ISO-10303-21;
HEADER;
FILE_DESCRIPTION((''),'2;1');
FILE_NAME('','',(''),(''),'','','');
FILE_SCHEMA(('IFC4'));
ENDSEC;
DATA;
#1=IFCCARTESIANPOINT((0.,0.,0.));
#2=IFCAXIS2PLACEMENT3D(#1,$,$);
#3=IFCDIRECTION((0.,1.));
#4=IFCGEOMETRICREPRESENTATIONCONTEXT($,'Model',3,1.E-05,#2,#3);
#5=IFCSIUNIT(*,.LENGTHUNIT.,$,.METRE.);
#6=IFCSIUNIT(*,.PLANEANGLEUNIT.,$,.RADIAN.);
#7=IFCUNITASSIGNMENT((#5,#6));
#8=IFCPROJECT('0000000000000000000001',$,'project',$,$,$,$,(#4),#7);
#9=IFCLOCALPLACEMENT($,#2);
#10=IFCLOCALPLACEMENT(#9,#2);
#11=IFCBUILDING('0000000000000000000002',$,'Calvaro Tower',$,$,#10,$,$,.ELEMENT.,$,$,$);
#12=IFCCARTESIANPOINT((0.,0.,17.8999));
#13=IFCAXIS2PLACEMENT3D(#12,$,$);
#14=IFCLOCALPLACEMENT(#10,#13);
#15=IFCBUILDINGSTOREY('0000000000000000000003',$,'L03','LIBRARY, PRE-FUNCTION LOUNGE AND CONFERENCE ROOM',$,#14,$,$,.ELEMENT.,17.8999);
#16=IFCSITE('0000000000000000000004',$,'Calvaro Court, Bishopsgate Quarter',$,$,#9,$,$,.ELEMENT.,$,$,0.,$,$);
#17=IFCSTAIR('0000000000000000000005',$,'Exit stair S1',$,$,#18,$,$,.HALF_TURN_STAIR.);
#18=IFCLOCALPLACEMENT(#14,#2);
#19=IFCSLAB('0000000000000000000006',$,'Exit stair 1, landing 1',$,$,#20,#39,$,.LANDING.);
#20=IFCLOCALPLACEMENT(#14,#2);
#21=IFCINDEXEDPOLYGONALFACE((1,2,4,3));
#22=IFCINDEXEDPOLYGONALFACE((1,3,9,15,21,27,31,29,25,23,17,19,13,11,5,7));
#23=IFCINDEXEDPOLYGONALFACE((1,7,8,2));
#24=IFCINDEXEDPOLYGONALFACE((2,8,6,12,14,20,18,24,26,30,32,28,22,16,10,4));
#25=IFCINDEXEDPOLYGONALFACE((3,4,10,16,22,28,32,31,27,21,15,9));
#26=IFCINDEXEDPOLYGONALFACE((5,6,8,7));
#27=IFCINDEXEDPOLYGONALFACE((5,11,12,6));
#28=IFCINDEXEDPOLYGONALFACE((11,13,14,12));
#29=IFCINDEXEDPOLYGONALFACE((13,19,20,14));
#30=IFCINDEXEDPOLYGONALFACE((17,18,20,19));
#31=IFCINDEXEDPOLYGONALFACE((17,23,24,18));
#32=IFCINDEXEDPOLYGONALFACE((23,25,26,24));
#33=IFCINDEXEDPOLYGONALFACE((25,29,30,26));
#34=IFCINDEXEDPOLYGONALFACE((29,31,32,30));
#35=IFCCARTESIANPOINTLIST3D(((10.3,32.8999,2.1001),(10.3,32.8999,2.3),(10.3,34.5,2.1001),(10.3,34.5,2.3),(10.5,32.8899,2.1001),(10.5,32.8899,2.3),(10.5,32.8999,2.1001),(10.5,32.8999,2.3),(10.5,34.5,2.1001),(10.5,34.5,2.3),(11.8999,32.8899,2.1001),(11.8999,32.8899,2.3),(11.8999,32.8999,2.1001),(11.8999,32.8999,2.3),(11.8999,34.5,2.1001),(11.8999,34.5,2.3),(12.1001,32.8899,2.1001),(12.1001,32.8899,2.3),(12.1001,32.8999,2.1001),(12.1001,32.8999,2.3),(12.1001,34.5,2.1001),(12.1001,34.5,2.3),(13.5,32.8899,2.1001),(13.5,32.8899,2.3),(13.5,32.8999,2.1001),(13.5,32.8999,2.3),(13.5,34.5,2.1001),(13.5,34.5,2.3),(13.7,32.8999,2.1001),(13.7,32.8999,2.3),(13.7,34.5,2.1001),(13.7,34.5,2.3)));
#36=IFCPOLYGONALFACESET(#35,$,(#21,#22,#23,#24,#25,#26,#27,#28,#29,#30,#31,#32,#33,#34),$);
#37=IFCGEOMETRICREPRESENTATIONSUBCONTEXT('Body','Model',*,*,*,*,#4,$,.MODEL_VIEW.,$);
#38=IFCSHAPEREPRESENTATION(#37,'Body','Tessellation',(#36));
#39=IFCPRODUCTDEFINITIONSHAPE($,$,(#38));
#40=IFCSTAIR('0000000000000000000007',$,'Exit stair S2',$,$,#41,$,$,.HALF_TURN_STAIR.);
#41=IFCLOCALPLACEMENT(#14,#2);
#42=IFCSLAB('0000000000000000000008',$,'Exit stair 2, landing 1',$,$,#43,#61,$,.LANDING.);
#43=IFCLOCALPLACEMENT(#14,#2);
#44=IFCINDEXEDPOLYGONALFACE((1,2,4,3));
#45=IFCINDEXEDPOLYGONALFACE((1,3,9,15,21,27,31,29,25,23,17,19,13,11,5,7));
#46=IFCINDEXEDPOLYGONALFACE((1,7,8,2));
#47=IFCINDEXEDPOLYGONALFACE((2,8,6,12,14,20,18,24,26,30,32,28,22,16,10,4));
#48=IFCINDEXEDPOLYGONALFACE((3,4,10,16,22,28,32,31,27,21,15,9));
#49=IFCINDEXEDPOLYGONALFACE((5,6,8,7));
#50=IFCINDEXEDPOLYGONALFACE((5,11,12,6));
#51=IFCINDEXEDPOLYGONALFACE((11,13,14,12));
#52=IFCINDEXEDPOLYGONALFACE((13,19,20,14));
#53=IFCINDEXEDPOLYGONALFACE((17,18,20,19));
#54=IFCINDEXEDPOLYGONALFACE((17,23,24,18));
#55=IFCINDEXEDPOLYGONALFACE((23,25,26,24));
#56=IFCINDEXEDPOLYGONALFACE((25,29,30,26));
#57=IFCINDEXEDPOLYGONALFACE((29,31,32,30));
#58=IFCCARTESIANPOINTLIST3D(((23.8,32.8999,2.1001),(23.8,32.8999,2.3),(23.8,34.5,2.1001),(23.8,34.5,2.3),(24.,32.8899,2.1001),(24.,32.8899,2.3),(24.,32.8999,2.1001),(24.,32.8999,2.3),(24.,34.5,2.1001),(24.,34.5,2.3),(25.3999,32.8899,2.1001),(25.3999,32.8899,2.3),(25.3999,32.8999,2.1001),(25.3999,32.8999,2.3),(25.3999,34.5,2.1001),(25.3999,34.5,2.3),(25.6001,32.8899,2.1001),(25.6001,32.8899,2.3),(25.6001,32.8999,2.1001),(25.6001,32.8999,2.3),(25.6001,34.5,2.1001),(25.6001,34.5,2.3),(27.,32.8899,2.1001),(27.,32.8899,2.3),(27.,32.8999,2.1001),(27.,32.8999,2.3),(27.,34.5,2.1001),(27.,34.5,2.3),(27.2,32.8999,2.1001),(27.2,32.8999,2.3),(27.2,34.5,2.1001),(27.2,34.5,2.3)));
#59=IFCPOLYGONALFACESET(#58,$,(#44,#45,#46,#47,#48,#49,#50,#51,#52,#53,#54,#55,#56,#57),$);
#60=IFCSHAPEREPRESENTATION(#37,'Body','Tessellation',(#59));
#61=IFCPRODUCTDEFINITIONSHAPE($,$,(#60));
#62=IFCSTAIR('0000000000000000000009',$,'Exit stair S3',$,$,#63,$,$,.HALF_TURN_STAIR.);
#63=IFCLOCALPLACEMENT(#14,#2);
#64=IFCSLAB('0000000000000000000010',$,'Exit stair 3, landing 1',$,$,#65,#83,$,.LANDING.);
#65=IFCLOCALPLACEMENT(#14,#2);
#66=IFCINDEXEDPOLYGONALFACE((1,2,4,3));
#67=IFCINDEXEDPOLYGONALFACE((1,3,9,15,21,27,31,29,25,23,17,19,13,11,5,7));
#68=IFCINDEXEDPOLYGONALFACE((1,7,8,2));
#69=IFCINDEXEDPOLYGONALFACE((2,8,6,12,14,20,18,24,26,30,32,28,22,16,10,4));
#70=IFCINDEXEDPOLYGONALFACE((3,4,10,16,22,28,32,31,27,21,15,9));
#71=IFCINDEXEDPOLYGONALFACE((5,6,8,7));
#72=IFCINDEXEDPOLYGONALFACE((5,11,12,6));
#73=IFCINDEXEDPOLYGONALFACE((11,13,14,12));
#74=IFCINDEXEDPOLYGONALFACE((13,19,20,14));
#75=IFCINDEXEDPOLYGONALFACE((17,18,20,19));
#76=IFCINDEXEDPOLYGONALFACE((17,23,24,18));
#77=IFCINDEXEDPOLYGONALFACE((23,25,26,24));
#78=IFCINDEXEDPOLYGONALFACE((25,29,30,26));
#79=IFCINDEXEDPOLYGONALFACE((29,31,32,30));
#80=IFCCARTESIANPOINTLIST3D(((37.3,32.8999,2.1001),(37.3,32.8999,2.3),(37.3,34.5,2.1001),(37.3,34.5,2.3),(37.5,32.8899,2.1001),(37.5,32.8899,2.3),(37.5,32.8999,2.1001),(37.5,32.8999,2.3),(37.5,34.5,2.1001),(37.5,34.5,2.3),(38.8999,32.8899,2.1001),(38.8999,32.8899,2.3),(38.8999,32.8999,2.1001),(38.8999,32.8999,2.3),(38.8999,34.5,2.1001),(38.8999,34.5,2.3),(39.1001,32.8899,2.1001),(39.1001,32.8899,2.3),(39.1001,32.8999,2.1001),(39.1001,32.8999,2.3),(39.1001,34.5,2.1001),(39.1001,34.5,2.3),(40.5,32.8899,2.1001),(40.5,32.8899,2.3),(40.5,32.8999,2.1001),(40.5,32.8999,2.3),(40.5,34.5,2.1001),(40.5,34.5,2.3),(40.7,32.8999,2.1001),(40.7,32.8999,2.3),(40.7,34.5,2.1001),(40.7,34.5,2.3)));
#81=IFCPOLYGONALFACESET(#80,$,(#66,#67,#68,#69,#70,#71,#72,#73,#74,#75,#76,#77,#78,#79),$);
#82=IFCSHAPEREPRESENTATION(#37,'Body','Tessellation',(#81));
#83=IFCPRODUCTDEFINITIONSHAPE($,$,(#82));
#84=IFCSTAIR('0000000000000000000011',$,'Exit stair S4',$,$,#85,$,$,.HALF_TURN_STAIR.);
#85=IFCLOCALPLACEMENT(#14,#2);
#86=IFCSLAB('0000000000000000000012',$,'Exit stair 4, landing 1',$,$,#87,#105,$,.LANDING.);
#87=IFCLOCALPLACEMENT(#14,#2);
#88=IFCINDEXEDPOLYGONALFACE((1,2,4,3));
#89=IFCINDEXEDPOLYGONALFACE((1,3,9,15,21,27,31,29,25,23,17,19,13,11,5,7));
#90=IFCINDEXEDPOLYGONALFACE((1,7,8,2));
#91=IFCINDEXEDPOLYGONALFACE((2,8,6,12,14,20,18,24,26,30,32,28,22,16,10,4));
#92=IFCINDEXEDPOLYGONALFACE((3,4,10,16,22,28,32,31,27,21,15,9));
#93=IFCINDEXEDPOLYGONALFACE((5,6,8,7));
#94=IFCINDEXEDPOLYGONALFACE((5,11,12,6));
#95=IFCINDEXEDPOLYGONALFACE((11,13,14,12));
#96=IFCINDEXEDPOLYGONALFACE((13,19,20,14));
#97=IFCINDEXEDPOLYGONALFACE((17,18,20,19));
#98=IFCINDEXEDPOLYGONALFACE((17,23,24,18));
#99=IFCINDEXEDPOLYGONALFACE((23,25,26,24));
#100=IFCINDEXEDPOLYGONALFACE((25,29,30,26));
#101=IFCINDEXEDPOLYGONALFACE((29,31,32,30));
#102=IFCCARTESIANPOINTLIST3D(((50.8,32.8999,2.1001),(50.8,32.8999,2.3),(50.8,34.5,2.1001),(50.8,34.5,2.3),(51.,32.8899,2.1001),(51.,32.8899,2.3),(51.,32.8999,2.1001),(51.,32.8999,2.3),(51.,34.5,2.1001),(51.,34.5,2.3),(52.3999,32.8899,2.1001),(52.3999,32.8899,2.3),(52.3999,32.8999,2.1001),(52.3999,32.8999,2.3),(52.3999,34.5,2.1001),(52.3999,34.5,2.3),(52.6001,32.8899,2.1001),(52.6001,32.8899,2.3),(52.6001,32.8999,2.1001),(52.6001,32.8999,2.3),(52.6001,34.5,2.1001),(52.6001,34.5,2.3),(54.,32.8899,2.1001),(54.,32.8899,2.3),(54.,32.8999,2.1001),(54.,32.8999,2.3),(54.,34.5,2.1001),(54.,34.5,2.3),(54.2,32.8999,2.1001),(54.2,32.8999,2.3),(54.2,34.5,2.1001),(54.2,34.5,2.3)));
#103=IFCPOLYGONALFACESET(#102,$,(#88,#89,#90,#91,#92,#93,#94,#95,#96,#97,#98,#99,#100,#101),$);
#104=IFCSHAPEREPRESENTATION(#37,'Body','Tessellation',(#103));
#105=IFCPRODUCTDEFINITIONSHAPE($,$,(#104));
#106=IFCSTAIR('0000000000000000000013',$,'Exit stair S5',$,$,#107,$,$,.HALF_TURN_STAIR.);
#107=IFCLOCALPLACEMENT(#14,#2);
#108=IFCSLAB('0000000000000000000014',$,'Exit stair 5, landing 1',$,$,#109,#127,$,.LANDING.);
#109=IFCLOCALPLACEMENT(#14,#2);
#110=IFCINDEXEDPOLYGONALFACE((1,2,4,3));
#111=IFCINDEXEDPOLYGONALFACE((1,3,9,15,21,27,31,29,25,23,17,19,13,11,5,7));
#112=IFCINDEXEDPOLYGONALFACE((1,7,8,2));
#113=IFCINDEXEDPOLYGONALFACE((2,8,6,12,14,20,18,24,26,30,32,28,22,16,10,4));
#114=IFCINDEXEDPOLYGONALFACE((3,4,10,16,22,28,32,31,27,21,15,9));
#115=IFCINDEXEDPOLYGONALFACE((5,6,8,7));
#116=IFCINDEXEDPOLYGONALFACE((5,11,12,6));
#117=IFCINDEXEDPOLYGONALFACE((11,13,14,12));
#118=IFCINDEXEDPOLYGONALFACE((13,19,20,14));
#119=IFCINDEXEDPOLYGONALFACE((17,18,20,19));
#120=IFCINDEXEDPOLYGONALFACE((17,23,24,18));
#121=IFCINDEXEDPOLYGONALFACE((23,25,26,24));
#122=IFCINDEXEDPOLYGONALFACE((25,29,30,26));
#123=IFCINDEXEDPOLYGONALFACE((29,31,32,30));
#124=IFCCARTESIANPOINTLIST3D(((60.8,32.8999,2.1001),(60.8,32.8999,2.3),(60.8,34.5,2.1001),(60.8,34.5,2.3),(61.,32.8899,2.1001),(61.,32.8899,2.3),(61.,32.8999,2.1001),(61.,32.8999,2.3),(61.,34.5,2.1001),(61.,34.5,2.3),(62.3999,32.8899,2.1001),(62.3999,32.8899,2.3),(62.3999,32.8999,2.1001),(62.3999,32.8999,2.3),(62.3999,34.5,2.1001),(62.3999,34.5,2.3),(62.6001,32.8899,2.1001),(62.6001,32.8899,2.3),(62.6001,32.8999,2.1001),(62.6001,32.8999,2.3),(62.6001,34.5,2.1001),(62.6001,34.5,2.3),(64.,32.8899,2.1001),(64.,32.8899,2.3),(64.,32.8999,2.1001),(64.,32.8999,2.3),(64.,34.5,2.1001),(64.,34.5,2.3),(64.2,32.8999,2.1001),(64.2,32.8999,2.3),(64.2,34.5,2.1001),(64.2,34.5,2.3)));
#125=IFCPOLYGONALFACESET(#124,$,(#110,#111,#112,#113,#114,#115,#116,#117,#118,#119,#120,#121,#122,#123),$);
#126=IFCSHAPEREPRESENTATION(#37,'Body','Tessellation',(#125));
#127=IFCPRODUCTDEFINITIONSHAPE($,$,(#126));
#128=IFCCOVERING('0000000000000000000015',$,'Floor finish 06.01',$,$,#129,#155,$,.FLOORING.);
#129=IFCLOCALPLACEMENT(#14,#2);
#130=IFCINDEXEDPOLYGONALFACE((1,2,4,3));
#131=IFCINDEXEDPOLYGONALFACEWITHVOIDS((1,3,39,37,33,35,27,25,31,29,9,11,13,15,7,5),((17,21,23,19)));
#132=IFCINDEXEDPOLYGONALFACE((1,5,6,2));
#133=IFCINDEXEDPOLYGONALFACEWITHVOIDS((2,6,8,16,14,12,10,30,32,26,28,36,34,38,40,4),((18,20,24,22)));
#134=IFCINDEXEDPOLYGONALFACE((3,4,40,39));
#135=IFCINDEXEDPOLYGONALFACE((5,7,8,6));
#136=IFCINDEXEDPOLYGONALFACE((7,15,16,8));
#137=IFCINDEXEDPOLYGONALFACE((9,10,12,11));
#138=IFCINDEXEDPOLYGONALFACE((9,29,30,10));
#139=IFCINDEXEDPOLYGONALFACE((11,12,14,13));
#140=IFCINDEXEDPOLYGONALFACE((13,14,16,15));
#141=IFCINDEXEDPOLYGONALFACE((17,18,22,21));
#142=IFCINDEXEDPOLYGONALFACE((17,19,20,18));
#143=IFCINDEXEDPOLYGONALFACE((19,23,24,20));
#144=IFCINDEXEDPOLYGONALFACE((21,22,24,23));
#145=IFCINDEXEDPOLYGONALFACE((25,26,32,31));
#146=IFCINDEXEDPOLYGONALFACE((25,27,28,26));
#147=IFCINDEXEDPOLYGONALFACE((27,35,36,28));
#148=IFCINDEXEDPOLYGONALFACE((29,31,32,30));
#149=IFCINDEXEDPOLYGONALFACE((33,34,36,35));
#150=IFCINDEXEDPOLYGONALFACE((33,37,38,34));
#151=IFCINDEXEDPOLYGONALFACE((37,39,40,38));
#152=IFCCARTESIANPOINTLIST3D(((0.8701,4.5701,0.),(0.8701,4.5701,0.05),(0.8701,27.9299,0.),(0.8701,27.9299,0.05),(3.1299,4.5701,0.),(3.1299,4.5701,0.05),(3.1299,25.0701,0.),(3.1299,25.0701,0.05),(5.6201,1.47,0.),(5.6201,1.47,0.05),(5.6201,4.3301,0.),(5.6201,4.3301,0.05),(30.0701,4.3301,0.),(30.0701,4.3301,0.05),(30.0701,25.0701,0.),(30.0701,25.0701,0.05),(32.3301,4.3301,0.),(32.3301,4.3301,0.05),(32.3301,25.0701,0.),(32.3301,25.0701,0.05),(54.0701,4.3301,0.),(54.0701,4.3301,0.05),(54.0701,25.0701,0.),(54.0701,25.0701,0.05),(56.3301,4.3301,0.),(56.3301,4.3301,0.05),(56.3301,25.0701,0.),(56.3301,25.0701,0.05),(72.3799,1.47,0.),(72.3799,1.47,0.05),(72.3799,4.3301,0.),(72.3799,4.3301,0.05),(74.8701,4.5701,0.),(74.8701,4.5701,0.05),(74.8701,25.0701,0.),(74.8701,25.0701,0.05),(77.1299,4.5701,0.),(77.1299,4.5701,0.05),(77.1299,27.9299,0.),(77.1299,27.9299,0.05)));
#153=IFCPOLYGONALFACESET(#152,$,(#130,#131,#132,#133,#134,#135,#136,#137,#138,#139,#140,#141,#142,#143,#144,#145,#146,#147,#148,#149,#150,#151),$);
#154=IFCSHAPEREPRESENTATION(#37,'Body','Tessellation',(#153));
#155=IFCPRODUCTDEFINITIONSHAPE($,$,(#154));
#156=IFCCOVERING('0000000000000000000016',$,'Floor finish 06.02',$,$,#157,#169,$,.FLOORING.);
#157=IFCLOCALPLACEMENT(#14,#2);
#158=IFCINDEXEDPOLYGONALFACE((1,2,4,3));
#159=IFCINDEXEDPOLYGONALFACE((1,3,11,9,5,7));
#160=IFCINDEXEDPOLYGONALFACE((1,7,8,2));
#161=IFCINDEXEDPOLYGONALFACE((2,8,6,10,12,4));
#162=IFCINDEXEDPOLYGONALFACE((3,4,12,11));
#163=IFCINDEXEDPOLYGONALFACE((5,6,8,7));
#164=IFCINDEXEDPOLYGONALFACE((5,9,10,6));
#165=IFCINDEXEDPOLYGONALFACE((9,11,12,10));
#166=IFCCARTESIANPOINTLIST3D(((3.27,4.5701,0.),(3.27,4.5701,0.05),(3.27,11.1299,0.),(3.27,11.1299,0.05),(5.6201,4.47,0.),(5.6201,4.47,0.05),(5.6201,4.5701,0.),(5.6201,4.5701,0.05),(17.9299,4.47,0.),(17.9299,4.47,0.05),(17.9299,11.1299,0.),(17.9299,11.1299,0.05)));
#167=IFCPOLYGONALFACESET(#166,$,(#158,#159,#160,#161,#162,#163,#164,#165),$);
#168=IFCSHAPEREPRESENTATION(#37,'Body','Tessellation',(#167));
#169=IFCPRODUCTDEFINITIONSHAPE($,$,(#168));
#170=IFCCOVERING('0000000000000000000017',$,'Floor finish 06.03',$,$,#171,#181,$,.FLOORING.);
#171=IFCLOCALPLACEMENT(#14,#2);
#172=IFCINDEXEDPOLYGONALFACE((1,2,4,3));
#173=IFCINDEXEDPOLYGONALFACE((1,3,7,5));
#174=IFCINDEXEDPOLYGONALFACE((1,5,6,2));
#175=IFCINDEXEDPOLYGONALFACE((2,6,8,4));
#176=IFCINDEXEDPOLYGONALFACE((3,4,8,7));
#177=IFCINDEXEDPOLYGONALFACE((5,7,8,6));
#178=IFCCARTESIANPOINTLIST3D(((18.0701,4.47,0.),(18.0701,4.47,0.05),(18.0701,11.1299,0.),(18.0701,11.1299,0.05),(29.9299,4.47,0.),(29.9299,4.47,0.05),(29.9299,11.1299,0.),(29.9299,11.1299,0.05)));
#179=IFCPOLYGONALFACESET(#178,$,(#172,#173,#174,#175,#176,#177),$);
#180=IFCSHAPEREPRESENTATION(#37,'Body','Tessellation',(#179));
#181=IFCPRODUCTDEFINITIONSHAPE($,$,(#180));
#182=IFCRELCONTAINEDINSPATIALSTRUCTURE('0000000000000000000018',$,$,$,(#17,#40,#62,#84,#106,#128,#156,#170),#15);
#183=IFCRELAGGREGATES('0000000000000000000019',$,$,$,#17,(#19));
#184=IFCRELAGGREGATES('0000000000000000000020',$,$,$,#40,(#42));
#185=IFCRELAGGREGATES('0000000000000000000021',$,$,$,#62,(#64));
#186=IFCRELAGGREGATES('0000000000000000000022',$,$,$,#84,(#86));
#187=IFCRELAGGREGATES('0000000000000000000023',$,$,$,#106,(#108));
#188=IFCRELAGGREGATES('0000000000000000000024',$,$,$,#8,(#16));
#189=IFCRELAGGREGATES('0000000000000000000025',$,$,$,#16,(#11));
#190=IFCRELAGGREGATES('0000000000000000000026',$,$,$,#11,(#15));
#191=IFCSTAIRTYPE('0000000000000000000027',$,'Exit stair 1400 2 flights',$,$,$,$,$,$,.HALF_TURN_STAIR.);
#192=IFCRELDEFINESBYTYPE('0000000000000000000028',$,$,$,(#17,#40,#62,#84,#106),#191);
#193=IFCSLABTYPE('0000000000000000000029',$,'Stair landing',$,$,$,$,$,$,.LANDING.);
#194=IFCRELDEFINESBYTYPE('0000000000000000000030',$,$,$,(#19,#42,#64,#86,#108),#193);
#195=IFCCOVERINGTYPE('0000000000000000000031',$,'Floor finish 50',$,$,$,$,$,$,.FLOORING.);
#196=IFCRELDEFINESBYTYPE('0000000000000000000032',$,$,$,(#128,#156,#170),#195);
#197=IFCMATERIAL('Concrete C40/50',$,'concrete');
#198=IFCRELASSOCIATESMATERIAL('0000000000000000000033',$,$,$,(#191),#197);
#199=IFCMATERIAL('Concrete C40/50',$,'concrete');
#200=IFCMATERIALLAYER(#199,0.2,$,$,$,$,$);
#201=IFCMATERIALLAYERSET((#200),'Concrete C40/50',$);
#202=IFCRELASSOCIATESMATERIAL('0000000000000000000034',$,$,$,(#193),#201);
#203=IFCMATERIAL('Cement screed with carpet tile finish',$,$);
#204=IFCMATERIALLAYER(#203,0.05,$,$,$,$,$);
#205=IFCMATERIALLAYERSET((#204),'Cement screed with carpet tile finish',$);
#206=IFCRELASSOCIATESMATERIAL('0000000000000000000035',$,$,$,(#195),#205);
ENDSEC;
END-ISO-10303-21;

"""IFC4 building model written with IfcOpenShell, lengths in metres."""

from ifc_helpers import new_model, si_unit, direction, frame, origin, place, context, subcontext, project, spatial, polyline, outline, extrude, material, layer, layer_set, type_object, element, aggregate, save


model = new_model("IFC4")

# Units and contexts
model_context = context("Model", 3, precision=1e-05, world=origin(), true_north=direction((0.0, 1.0)))
body_context = subcontext(model_context, "Body", "Model", "MODEL_VIEW")
ifc_project = project(units=[si_unit("LENGTHUNIT", "METRE"), si_unit("PLANEANGLEUNIT", "RADIAN")], contexts=[model_context])

# Site, building, storey
site_placement = place(None, origin())
site = spatial("IfcSite", under=ifc_project, at=site_placement, Name="Calvaro Court, Bishopsgate Quarter", CompositionType="ELEMENT", RefElevation=0.0)
building_placement = place(site_placement, origin())
building = spatial("IfcBuilding", under=site, at=building_placement, Name="Calvaro Tower", CompositionType="ELEMENT")
storey_placement = place(building_placement, frame((0.0, 0.0, 17.8999)))
storey = spatial("IfcBuildingStorey", under=building, at=storey_placement, Name="L03", Description="LIBRARY, PRE-FUNCTION LOUNGE AND CONFERENCE ROOM", CompositionType="ELEMENT", Elevation=17.8999)

# Stairs, slabs
ifc_material_1 = material(Name="Concrete C40/50", Category="concrete")
stair_type = type_object("IfcStairType", Name="Exit stair 1400 2 flights", PredefinedType="HALF_TURN_STAIR", material=ifc_material_1)
stair_1_placement = place(storey_placement, origin())
stair_1 = element("IfcStair", 1, at=stair_1_placement, inside=storey, type_object=stair_type, Name="Exit stair S1", PredefinedType="HALF_TURN_STAIR")
ifc_material_2 = material(Name="Concrete C40/50", Category="concrete")
ifc_layer_1 = layer(ifc_material_2, 0.2)
ifc_layer_set_1 = layer_set([ifc_layer_1], Name="Concrete C40/50")
slab_type_1 = type_object("IfcSlabType", Name="Stair landing", PredefinedType="LANDING", material=ifc_layer_set_1)
slab_1_placement = place(storey_placement, frame((0.0, 0.0, 2.1001)))
slab_1 = element("IfcSlab", 2, at=slab_1_placement, type_object=slab_type_1, Name="Exit stair 1, landing 1", PredefinedType="LANDING", context=body_context, shape_type="SweptSolid", body=[
    extrude(outline(polyline([(11.8999, 32.8899), (10.5, 32.8899), (10.5, 32.8999), (10.3, 32.8999), (10.3, 34.5), (10.5, 34.5), (11.8999, 34.5), (12.1001, 34.5), (13.5, 34.5), (13.7, 34.5), (13.7, 32.8999), (13.5, 32.8999), (13.5, 32.8899), (12.1001, 32.8899), (12.1001, 32.8999), (11.8999, 32.8999), (11.8999, 32.8899)])), origin(), (0.0, 0.0, 1.0), 0.2),
])
aggregate(stair_1, [slab_1])
stair_2_placement = place(storey_placement, origin())
stair_2 = element("IfcStair", 3, at=stair_2_placement, inside=storey, type_object=stair_type, Name="Exit stair S2", PredefinedType="HALF_TURN_STAIR")
slab_2_placement = place(storey_placement, frame((0.0, 0.0, 2.1001)))
slab_2 = element("IfcSlab", 4, at=slab_2_placement, type_object=slab_type_1, Name="Exit stair 2, landing 1", PredefinedType="LANDING", context=body_context, shape_type="SweptSolid", body=[
    extrude(outline(polyline([(25.3999, 32.8899), (24.0, 32.8899), (24.0, 32.8999), (23.8, 32.8999), (23.8, 34.5), (24.0, 34.5), (25.3999, 34.5), (25.6001, 34.5), (27.0, 34.5), (27.2, 34.5), (27.2, 32.8999), (27.0, 32.8999), (27.0, 32.8899), (25.6001, 32.8899), (25.6001, 32.8999), (25.3999, 32.8999), (25.3999, 32.8899)])), origin(), (0.0, 0.0, 1.0), 0.2),
])
aggregate(stair_2, [slab_2])
stair_3_placement = place(storey_placement, origin())
stair_3 = element("IfcStair", 5, at=stair_3_placement, inside=storey, type_object=stair_type, Name="Exit stair S3", PredefinedType="HALF_TURN_STAIR")
slab_3_placement = place(storey_placement, frame((0.0, 0.0, 2.1001)))
slab_3 = element("IfcSlab", 6, at=slab_3_placement, type_object=slab_type_1, Name="Exit stair 3, landing 1", PredefinedType="LANDING", context=body_context, shape_type="SweptSolid", body=[
    extrude(outline(polyline([(38.8999, 32.8899), (37.5, 32.8899), (37.5, 32.8999), (37.3, 32.8999), (37.3, 34.5), (37.5, 34.5), (38.8999, 34.5), (39.1001, 34.5), (40.5, 34.5), (40.7, 34.5), (40.7, 32.8999), (40.5, 32.8999), (40.5, 32.8899), (39.1001, 32.8899), (39.1001, 32.8999), (38.8999, 32.8999), (38.8999, 32.8899)])), origin(), (0.0, 0.0, 1.0), 0.2),
])
aggregate(stair_3, [slab_3])
stair_4_placement = place(storey_placement, origin())
stair_4 = element("IfcStair", 7, at=stair_4_placement, inside=storey, type_object=stair_type, Name="Exit stair S4", PredefinedType="HALF_TURN_STAIR")
slab_4_placement = place(storey_placement, frame((0.0, 0.0, 2.1001)))
slab_4 = element("IfcSlab", 8, at=slab_4_placement, type_object=slab_type_1, Name="Exit stair 4, landing 1", PredefinedType="LANDING", context=body_context, shape_type="SweptSolid", body=[
    extrude(outline(polyline([(52.3999, 32.8899), (51.0, 32.8899), (51.0, 32.8999), (50.8, 32.8999), (50.8, 34.5), (51.0, 34.5), (52.3999, 34.5), (52.6001, 34.5), (54.0, 34.5), (54.2, 34.5), (54.2, 32.8999), (54.0, 32.8999), (54.0, 32.8899), (52.6001, 32.8899), (52.6001, 32.8999), (52.3999, 32.8999), (52.3999, 32.8899)])), origin(), (0.0, 0.0, 1.0), 0.2),
])
aggregate(stair_4, [slab_4])
stair_5_placement = place(storey_placement, origin())
stair_5 = element("IfcStair", 9, at=stair_5_placement, inside=storey, type_object=stair_type, Name="Exit stair S5", PredefinedType="HALF_TURN_STAIR")
slab_5_placement = place(storey_placement, frame((0.0, 0.0, 2.1001)))
slab_5 = element("IfcSlab", 10, at=slab_5_placement, type_object=slab_type_1, Name="Exit stair 5, landing 1", PredefinedType="LANDING", context=body_context, shape_type="SweptSolid", body=[
    extrude(outline(polyline([(62.3999, 32.8899), (61.0, 32.8899), (61.0, 32.8999), (60.8, 32.8999), (60.8, 34.5), (61.0, 34.5), (62.3999, 34.5), (62.6001, 34.5), (64.0, 34.5), (64.2, 34.5), (64.2, 32.8999), (64.0, 32.8999), (64.0, 32.8899), (62.6001, 32.8899), (62.6001, 32.8999), (62.3999, 32.8999), (62.3999, 32.8899)])), origin(), (0.0, 0.0, 1.0), 0.2),
])
aggregate(stair_5, [slab_5])

# Coverings
ifc_material_3 = material(Name="Cement screed with carpet tile finish")
ifc_layer_2 = layer(ifc_material_3, 0.05)
ifc_layer_set_2 = layer_set([ifc_layer_2], Name="Cement screed with carpet tile finish")
covering_type = type_object("IfcCoveringType", Name="Floor finish 50", PredefinedType="FLOORING", material=ifc_layer_set_2)
covering_1_placement = place(storey_placement, origin())
element("IfcCovering", 11, at=covering_1_placement, inside=storey, type_object=covering_type, Name="Floor finish 06.01", PredefinedType="FLOORING", context=body_context, shape_type="SweptSolid", body=[
    extrude(outline(polyline([(5.6201, 1.47), (5.6201, 4.3301), (30.0701, 4.3301), (30.0701, 25.0701), (3.1299, 25.0701), (3.1299, 4.5701), (0.8701, 4.5701), (0.8701, 27.9299), (77.1299, 27.9299), (77.1299, 4.5701), (74.8701, 4.5701), (74.8701, 25.0701), (56.3301, 25.0701), (56.3301, 4.3301), (72.3799, 4.3301), (72.3799, 1.47), (5.6201, 1.47)]), holes=[polyline([(54.0701, 4.3301), (54.0701, 25.0701), (32.3301, 25.0701), (32.3301, 4.3301), (54.0701, 4.3301)])]), origin(), (0.0, 0.0, 1.0), 0.05),
])
covering_2_placement = place(storey_placement, origin())
element("IfcCovering", 12, at=covering_2_placement, inside=storey, type_object=covering_type, Name="Floor finish 06.02", PredefinedType="FLOORING", context=body_context, shape_type="SweptSolid", body=[
    extrude(outline(polyline([(3.27, 11.1299), (17.9299, 11.1299), (17.9299, 4.47), (5.6201, 4.47), (5.6201, 4.5701), (3.27, 4.5701), (3.27, 11.1299)])), origin(), (0.0, 0.0, 1.0), 0.05),
])
covering_3_placement = place(storey_placement, origin())
element("IfcCovering", 13, at=covering_3_placement, inside=storey, type_object=covering_type, Name="Floor finish 06.03", PredefinedType="FLOORING", context=body_context, shape_type="SweptSolid", body=[
    extrude(outline(polyline([(18.0701, 4.47), (18.0701, 11.1299), (29.9299, 11.1299), (29.9299, 4.47), (18.0701, 4.47)])), origin(), (0.0, 0.0, 1.0), 0.05),
])

save(model, "model.ifc")
